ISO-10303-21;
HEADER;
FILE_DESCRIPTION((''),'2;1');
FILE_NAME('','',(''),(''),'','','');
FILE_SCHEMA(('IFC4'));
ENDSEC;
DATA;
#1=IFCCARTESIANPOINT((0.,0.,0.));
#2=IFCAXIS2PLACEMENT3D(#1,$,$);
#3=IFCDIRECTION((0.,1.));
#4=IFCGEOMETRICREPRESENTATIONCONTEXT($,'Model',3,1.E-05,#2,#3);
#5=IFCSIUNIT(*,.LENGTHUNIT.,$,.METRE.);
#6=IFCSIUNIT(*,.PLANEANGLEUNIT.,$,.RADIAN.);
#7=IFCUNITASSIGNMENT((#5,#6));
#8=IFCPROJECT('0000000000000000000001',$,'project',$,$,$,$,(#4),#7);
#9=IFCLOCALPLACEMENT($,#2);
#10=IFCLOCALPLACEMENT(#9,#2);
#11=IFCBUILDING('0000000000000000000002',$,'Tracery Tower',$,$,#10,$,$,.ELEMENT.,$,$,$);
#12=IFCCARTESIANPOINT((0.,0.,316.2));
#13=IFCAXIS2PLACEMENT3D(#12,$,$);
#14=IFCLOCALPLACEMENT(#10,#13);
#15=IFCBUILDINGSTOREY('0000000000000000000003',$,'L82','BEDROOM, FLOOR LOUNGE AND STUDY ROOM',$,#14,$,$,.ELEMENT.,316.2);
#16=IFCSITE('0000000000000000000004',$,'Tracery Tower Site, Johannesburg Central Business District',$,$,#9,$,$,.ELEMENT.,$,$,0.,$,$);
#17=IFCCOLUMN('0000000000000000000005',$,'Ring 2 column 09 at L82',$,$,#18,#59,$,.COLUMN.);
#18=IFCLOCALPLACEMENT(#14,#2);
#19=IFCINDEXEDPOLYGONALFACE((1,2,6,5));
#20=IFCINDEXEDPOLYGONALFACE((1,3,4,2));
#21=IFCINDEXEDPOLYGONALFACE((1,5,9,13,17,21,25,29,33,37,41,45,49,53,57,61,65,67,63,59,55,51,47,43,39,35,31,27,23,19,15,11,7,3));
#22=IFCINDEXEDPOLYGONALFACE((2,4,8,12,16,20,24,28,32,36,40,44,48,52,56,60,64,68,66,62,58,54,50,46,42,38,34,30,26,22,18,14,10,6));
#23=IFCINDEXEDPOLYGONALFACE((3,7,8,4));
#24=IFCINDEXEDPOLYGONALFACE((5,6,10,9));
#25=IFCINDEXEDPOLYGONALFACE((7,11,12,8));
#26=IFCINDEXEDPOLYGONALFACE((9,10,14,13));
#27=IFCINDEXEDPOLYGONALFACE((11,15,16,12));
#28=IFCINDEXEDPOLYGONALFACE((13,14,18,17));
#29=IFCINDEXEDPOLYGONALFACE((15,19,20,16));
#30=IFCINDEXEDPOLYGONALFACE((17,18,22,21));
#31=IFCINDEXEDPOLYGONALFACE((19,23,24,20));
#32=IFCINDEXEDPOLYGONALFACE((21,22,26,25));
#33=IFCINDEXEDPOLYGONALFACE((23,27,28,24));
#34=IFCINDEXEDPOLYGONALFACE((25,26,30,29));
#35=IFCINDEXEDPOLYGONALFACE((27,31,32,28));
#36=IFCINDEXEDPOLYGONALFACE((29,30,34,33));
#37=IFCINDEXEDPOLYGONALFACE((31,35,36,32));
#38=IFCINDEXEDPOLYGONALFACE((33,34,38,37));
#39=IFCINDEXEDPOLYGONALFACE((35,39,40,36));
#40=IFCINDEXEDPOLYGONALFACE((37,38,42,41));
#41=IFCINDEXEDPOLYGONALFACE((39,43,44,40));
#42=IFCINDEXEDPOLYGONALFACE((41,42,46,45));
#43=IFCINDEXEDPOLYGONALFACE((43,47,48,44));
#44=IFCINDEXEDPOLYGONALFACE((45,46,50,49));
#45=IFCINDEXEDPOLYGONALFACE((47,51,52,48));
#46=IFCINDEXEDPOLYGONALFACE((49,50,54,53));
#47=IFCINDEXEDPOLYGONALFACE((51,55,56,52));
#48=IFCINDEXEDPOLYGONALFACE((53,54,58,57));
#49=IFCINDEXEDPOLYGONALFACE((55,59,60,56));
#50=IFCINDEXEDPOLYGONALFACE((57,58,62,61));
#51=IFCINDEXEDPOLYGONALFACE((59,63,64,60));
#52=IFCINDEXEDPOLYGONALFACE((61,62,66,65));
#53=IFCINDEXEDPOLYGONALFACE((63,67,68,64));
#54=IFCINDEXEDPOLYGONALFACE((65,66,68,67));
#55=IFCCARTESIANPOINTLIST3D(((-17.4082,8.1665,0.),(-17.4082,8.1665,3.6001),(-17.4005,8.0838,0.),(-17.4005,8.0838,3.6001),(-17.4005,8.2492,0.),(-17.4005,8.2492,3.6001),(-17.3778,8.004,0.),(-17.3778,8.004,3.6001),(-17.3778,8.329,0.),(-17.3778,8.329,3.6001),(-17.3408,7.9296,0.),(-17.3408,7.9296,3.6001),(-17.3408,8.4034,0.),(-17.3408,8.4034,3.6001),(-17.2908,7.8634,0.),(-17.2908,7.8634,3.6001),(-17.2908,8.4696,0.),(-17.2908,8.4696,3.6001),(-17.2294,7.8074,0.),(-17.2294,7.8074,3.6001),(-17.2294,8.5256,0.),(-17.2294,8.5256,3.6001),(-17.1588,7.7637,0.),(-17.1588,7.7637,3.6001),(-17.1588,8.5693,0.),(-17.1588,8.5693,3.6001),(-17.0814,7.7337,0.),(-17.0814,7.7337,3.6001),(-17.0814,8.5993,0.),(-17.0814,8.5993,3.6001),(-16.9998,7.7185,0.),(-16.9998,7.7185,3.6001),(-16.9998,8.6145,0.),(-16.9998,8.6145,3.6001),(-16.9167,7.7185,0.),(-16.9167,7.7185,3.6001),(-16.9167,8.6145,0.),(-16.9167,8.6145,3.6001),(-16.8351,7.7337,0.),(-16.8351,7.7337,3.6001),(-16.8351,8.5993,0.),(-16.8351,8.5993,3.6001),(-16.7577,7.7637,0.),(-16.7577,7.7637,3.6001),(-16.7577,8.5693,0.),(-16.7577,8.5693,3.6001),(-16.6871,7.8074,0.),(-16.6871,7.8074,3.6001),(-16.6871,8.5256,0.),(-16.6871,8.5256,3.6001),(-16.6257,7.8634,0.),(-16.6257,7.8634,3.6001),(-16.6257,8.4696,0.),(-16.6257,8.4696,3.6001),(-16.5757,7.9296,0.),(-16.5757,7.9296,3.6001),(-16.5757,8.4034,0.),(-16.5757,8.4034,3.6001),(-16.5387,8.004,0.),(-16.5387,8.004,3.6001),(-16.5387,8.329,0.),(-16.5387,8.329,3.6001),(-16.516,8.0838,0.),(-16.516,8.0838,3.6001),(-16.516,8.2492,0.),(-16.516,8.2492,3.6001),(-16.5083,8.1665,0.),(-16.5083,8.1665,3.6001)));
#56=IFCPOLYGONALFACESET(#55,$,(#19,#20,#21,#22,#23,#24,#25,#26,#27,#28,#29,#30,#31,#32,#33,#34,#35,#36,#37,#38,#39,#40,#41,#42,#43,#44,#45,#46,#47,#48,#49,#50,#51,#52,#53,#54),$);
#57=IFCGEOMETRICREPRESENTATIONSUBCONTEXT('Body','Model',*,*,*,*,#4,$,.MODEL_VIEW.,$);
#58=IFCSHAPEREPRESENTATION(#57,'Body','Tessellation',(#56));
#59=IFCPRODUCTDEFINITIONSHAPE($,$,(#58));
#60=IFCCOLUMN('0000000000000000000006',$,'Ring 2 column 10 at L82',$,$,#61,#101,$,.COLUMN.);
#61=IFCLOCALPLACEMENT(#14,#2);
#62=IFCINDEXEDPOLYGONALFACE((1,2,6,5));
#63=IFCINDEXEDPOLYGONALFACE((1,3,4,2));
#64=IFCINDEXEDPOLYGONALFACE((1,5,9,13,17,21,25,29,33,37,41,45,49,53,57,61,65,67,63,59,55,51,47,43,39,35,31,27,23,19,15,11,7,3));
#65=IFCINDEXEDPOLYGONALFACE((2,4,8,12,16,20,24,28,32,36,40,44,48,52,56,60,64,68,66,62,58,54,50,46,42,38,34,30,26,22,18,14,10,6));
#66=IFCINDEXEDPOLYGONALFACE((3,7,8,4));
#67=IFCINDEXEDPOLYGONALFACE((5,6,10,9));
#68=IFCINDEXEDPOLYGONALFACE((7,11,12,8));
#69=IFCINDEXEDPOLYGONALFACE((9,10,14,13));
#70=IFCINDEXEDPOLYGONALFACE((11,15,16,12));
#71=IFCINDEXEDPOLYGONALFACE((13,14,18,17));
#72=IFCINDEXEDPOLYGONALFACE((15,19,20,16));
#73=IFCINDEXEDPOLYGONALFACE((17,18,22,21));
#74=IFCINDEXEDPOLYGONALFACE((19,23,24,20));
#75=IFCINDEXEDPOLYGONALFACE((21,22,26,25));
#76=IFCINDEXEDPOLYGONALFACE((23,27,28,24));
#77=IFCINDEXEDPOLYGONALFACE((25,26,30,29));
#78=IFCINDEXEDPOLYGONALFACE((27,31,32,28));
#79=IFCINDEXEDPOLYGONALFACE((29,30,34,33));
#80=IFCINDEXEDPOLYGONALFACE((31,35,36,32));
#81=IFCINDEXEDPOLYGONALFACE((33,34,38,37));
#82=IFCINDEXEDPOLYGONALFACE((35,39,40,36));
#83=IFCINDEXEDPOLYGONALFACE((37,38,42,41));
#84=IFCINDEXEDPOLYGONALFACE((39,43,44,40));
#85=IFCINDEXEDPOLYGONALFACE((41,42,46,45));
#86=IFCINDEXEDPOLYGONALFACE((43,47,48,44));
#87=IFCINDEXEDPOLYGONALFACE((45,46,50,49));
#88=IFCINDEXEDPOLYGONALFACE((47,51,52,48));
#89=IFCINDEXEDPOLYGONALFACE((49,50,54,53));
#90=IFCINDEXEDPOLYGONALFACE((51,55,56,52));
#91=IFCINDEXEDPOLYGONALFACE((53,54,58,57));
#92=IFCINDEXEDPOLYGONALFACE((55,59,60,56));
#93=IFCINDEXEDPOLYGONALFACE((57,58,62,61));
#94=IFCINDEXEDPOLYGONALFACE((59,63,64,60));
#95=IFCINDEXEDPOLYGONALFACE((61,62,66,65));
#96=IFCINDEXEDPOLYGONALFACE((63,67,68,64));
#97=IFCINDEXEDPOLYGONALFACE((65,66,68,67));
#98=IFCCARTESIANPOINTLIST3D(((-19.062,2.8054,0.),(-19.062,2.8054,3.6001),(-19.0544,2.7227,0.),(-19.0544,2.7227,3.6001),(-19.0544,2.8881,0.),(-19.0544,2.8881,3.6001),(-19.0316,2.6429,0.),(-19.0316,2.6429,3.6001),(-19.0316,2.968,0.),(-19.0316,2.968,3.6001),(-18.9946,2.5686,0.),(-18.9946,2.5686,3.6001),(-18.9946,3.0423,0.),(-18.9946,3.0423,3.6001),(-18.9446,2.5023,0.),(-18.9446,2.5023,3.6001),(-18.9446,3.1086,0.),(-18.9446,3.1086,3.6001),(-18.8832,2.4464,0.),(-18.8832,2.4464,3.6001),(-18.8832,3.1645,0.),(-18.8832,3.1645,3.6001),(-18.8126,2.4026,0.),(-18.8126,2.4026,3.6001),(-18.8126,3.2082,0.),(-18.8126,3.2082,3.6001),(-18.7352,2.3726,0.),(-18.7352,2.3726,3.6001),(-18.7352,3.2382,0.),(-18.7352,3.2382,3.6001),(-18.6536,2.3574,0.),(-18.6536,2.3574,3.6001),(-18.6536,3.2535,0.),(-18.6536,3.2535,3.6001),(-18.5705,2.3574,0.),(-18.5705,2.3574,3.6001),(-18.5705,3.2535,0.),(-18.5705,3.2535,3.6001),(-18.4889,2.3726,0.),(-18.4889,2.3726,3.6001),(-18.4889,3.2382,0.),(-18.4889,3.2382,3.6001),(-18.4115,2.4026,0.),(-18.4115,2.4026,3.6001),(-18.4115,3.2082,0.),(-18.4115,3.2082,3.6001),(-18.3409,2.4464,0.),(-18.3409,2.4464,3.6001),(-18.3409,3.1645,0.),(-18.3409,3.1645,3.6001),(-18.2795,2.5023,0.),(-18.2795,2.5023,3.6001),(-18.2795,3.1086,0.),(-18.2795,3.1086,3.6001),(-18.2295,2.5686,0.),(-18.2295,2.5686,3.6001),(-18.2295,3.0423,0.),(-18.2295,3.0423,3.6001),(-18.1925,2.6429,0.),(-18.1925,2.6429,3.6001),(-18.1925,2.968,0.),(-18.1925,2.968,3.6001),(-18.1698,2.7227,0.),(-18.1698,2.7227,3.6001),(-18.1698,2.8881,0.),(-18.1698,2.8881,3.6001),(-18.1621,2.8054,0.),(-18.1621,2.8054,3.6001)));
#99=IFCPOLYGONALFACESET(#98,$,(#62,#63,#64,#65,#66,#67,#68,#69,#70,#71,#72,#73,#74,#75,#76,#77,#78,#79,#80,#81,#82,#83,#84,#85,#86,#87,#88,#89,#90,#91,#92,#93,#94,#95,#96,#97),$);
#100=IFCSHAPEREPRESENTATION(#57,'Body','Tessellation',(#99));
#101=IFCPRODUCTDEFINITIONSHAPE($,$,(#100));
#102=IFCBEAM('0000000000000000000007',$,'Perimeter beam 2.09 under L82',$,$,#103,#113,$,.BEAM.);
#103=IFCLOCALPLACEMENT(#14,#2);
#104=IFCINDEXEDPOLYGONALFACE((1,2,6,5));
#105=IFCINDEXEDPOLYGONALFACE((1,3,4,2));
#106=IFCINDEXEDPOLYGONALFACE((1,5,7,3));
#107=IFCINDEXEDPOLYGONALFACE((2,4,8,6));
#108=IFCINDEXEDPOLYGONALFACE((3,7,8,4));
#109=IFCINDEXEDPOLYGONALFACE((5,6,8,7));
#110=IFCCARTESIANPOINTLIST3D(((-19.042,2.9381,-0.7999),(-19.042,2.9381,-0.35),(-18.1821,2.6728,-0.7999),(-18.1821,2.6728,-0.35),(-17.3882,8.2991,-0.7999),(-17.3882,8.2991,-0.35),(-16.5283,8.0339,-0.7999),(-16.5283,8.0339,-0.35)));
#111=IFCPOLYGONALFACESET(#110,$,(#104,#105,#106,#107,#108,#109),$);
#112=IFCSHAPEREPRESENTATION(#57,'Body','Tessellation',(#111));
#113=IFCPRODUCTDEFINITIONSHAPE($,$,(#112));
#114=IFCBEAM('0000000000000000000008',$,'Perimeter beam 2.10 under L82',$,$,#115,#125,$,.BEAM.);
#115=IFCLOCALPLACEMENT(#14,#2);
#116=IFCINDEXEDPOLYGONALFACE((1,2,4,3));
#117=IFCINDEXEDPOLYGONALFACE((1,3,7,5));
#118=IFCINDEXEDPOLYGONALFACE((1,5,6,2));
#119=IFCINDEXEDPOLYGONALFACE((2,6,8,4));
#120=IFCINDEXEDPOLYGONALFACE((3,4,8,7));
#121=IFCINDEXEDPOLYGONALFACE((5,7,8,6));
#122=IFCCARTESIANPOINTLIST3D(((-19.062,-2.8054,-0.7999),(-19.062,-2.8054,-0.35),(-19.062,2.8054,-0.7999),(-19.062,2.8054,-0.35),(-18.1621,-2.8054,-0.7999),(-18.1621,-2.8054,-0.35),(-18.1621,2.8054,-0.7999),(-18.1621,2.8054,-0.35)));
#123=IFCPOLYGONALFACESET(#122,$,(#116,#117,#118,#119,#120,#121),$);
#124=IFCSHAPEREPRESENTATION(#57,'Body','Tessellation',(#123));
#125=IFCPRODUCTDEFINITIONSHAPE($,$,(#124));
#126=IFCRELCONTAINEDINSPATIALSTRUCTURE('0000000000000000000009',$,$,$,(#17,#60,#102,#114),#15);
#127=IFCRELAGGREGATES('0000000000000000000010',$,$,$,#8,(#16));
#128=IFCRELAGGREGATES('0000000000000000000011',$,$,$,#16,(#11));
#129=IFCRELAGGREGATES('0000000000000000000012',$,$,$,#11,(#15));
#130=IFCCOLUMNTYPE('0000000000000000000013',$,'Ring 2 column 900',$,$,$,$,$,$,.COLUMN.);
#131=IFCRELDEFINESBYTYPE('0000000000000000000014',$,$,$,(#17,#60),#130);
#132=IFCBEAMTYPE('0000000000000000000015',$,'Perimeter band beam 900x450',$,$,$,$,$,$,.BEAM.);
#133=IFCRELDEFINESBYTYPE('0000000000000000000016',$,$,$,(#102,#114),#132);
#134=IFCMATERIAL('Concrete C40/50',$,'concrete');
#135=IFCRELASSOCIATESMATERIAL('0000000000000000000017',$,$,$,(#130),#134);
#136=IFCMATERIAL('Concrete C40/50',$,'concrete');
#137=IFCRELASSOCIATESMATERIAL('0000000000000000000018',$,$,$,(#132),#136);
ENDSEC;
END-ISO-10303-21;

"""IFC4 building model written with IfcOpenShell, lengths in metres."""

from ifc_helpers import new_model, si_unit, direction, frame, origin, origin_2d, place, context, subcontext, project, spatial, rectangle, circle, extrude, material, material_profile, profile_set, type_object, element, save


model = new_model("IFC4")

# Units and contexts
model_context = context("Model", 3, precision=1e-05, world=origin(), true_north=direction((0.0, 1.0)))
body_context = subcontext(model_context, "Body", "Model", "MODEL_VIEW")
ifc_project = project(units=[si_unit("LENGTHUNIT", "METRE"), si_unit("PLANEANGLEUNIT", "RADIAN")], contexts=[model_context])

# Site, building, storey
site_placement = place(None, origin())
site = spatial("IfcSite", under=ifc_project, at=site_placement, Name="Tracery Tower Site, Johannesburg Central Business District", CompositionType="ELEMENT", RefElevation=0.0)
building_placement = place(site_placement, origin())
building = spatial("IfcBuilding", under=site, at=building_placement, Name="Tracery Tower", CompositionType="ELEMENT")
storey_placement = place(building_placement, frame((0.0, 0.0, 316.2)))
storey = spatial("IfcBuildingStorey", under=building, at=storey_placement, Name="L82", Description="BEDROOM, FLOOR LOUNGE AND STUDY ROOM", CompositionType="ELEMENT", Elevation=316.2)

# Columns
ifc_material_1 = material(Name="Concrete C40/50", Category="concrete")
ifc_material_profile_1 = material_profile(ifc_material_1, circle(Radius=0.45, at=origin_2d()), Name="RC D900")
ifc_profile_set_1 = profile_set([ifc_material_profile_1], Name="Concrete C40/50")
column_type = type_object("IfcColumnType", Name="Ring 2 column 900", PredefinedType="COLUMN", material=ifc_profile_set_1)
for number, where, z_axis, x_axis, name in (
    (1, (-16.9583, 8.1665, 0.0), (0.0, 0.0, 1.0), (1.0, 0.0, 0.0), "Ring 2 column 09 at L82"),
    (2, (-18.6121, 2.8054, 0.0), (0.0, 0.0, 1.0), (1.0, 0.0, 0.0), "Ring 2 column 10 at L82"),
):
    element("IfcColumn", number, at=place(storey_placement, frame(where, z_axis=z_axis, x_axis=x_axis)), inside=storey, type_object=column_type, Name=name, PredefinedType="COLUMN", context=body_context, shape_type="SweptSolid", body=[
        extrude(circle(Radius=0.45, at=origin_2d()), origin(), (0.0, 0.0, 1.0), 3.6001),
    ])

# Beams
ifc_material_2 = material(Name="Concrete C40/50", Category="concrete")
ifc_material_profile_2 = material_profile(ifc_material_2, rectangle(XDim=0.8999, YDim=0.45, at=origin_2d()), Name="RC 900x450")
ifc_profile_set_2 = profile_set([ifc_material_profile_2], Name="Concrete C40/50")
beam_type = type_object("IfcBeamType", Name="Perimeter band beam 900x450", PredefinedType="BEAM", material=ifc_profile_set_2)
beam_1_placement = place(storey_placement, frame((-16.9583, 8.1665, -0.575), z_axis=(-0.294777, -0.955566, 0.0), x_axis=(0.955566, -0.294777, 0.0)))
element("IfcBeam", 3, at=beam_1_placement, inside=storey, type_object=beam_type, Name="Perimeter beam 2.09 under L82", PredefinedType="BEAM", context=body_context, shape_type="SweptSolid", body=[
    extrude(rectangle(XDim=0.8999, YDim=0.45, at=origin_2d()), origin(), (0.0, 0.0, 1.0), 5.6104),
])
beam_2_placement = place(storey_placement, frame((-18.6121, 2.8054, -0.575), z_axis=(0.0, -1.0, 0.0), x_axis=(1.0, 0.0, 0.0)))
element("IfcBeam", 4, at=beam_2_placement, inside=storey, type_object=beam_type, Name="Perimeter beam 2.10 under L82", PredefinedType="BEAM", context=body_context, shape_type="SweptSolid", body=[
    extrude(rectangle(XDim=0.8999, YDim=0.45, at=origin_2d()), origin(), (0.0, 0.0, 1.0), 5.6108),
])

save(model, "model.ifc")
